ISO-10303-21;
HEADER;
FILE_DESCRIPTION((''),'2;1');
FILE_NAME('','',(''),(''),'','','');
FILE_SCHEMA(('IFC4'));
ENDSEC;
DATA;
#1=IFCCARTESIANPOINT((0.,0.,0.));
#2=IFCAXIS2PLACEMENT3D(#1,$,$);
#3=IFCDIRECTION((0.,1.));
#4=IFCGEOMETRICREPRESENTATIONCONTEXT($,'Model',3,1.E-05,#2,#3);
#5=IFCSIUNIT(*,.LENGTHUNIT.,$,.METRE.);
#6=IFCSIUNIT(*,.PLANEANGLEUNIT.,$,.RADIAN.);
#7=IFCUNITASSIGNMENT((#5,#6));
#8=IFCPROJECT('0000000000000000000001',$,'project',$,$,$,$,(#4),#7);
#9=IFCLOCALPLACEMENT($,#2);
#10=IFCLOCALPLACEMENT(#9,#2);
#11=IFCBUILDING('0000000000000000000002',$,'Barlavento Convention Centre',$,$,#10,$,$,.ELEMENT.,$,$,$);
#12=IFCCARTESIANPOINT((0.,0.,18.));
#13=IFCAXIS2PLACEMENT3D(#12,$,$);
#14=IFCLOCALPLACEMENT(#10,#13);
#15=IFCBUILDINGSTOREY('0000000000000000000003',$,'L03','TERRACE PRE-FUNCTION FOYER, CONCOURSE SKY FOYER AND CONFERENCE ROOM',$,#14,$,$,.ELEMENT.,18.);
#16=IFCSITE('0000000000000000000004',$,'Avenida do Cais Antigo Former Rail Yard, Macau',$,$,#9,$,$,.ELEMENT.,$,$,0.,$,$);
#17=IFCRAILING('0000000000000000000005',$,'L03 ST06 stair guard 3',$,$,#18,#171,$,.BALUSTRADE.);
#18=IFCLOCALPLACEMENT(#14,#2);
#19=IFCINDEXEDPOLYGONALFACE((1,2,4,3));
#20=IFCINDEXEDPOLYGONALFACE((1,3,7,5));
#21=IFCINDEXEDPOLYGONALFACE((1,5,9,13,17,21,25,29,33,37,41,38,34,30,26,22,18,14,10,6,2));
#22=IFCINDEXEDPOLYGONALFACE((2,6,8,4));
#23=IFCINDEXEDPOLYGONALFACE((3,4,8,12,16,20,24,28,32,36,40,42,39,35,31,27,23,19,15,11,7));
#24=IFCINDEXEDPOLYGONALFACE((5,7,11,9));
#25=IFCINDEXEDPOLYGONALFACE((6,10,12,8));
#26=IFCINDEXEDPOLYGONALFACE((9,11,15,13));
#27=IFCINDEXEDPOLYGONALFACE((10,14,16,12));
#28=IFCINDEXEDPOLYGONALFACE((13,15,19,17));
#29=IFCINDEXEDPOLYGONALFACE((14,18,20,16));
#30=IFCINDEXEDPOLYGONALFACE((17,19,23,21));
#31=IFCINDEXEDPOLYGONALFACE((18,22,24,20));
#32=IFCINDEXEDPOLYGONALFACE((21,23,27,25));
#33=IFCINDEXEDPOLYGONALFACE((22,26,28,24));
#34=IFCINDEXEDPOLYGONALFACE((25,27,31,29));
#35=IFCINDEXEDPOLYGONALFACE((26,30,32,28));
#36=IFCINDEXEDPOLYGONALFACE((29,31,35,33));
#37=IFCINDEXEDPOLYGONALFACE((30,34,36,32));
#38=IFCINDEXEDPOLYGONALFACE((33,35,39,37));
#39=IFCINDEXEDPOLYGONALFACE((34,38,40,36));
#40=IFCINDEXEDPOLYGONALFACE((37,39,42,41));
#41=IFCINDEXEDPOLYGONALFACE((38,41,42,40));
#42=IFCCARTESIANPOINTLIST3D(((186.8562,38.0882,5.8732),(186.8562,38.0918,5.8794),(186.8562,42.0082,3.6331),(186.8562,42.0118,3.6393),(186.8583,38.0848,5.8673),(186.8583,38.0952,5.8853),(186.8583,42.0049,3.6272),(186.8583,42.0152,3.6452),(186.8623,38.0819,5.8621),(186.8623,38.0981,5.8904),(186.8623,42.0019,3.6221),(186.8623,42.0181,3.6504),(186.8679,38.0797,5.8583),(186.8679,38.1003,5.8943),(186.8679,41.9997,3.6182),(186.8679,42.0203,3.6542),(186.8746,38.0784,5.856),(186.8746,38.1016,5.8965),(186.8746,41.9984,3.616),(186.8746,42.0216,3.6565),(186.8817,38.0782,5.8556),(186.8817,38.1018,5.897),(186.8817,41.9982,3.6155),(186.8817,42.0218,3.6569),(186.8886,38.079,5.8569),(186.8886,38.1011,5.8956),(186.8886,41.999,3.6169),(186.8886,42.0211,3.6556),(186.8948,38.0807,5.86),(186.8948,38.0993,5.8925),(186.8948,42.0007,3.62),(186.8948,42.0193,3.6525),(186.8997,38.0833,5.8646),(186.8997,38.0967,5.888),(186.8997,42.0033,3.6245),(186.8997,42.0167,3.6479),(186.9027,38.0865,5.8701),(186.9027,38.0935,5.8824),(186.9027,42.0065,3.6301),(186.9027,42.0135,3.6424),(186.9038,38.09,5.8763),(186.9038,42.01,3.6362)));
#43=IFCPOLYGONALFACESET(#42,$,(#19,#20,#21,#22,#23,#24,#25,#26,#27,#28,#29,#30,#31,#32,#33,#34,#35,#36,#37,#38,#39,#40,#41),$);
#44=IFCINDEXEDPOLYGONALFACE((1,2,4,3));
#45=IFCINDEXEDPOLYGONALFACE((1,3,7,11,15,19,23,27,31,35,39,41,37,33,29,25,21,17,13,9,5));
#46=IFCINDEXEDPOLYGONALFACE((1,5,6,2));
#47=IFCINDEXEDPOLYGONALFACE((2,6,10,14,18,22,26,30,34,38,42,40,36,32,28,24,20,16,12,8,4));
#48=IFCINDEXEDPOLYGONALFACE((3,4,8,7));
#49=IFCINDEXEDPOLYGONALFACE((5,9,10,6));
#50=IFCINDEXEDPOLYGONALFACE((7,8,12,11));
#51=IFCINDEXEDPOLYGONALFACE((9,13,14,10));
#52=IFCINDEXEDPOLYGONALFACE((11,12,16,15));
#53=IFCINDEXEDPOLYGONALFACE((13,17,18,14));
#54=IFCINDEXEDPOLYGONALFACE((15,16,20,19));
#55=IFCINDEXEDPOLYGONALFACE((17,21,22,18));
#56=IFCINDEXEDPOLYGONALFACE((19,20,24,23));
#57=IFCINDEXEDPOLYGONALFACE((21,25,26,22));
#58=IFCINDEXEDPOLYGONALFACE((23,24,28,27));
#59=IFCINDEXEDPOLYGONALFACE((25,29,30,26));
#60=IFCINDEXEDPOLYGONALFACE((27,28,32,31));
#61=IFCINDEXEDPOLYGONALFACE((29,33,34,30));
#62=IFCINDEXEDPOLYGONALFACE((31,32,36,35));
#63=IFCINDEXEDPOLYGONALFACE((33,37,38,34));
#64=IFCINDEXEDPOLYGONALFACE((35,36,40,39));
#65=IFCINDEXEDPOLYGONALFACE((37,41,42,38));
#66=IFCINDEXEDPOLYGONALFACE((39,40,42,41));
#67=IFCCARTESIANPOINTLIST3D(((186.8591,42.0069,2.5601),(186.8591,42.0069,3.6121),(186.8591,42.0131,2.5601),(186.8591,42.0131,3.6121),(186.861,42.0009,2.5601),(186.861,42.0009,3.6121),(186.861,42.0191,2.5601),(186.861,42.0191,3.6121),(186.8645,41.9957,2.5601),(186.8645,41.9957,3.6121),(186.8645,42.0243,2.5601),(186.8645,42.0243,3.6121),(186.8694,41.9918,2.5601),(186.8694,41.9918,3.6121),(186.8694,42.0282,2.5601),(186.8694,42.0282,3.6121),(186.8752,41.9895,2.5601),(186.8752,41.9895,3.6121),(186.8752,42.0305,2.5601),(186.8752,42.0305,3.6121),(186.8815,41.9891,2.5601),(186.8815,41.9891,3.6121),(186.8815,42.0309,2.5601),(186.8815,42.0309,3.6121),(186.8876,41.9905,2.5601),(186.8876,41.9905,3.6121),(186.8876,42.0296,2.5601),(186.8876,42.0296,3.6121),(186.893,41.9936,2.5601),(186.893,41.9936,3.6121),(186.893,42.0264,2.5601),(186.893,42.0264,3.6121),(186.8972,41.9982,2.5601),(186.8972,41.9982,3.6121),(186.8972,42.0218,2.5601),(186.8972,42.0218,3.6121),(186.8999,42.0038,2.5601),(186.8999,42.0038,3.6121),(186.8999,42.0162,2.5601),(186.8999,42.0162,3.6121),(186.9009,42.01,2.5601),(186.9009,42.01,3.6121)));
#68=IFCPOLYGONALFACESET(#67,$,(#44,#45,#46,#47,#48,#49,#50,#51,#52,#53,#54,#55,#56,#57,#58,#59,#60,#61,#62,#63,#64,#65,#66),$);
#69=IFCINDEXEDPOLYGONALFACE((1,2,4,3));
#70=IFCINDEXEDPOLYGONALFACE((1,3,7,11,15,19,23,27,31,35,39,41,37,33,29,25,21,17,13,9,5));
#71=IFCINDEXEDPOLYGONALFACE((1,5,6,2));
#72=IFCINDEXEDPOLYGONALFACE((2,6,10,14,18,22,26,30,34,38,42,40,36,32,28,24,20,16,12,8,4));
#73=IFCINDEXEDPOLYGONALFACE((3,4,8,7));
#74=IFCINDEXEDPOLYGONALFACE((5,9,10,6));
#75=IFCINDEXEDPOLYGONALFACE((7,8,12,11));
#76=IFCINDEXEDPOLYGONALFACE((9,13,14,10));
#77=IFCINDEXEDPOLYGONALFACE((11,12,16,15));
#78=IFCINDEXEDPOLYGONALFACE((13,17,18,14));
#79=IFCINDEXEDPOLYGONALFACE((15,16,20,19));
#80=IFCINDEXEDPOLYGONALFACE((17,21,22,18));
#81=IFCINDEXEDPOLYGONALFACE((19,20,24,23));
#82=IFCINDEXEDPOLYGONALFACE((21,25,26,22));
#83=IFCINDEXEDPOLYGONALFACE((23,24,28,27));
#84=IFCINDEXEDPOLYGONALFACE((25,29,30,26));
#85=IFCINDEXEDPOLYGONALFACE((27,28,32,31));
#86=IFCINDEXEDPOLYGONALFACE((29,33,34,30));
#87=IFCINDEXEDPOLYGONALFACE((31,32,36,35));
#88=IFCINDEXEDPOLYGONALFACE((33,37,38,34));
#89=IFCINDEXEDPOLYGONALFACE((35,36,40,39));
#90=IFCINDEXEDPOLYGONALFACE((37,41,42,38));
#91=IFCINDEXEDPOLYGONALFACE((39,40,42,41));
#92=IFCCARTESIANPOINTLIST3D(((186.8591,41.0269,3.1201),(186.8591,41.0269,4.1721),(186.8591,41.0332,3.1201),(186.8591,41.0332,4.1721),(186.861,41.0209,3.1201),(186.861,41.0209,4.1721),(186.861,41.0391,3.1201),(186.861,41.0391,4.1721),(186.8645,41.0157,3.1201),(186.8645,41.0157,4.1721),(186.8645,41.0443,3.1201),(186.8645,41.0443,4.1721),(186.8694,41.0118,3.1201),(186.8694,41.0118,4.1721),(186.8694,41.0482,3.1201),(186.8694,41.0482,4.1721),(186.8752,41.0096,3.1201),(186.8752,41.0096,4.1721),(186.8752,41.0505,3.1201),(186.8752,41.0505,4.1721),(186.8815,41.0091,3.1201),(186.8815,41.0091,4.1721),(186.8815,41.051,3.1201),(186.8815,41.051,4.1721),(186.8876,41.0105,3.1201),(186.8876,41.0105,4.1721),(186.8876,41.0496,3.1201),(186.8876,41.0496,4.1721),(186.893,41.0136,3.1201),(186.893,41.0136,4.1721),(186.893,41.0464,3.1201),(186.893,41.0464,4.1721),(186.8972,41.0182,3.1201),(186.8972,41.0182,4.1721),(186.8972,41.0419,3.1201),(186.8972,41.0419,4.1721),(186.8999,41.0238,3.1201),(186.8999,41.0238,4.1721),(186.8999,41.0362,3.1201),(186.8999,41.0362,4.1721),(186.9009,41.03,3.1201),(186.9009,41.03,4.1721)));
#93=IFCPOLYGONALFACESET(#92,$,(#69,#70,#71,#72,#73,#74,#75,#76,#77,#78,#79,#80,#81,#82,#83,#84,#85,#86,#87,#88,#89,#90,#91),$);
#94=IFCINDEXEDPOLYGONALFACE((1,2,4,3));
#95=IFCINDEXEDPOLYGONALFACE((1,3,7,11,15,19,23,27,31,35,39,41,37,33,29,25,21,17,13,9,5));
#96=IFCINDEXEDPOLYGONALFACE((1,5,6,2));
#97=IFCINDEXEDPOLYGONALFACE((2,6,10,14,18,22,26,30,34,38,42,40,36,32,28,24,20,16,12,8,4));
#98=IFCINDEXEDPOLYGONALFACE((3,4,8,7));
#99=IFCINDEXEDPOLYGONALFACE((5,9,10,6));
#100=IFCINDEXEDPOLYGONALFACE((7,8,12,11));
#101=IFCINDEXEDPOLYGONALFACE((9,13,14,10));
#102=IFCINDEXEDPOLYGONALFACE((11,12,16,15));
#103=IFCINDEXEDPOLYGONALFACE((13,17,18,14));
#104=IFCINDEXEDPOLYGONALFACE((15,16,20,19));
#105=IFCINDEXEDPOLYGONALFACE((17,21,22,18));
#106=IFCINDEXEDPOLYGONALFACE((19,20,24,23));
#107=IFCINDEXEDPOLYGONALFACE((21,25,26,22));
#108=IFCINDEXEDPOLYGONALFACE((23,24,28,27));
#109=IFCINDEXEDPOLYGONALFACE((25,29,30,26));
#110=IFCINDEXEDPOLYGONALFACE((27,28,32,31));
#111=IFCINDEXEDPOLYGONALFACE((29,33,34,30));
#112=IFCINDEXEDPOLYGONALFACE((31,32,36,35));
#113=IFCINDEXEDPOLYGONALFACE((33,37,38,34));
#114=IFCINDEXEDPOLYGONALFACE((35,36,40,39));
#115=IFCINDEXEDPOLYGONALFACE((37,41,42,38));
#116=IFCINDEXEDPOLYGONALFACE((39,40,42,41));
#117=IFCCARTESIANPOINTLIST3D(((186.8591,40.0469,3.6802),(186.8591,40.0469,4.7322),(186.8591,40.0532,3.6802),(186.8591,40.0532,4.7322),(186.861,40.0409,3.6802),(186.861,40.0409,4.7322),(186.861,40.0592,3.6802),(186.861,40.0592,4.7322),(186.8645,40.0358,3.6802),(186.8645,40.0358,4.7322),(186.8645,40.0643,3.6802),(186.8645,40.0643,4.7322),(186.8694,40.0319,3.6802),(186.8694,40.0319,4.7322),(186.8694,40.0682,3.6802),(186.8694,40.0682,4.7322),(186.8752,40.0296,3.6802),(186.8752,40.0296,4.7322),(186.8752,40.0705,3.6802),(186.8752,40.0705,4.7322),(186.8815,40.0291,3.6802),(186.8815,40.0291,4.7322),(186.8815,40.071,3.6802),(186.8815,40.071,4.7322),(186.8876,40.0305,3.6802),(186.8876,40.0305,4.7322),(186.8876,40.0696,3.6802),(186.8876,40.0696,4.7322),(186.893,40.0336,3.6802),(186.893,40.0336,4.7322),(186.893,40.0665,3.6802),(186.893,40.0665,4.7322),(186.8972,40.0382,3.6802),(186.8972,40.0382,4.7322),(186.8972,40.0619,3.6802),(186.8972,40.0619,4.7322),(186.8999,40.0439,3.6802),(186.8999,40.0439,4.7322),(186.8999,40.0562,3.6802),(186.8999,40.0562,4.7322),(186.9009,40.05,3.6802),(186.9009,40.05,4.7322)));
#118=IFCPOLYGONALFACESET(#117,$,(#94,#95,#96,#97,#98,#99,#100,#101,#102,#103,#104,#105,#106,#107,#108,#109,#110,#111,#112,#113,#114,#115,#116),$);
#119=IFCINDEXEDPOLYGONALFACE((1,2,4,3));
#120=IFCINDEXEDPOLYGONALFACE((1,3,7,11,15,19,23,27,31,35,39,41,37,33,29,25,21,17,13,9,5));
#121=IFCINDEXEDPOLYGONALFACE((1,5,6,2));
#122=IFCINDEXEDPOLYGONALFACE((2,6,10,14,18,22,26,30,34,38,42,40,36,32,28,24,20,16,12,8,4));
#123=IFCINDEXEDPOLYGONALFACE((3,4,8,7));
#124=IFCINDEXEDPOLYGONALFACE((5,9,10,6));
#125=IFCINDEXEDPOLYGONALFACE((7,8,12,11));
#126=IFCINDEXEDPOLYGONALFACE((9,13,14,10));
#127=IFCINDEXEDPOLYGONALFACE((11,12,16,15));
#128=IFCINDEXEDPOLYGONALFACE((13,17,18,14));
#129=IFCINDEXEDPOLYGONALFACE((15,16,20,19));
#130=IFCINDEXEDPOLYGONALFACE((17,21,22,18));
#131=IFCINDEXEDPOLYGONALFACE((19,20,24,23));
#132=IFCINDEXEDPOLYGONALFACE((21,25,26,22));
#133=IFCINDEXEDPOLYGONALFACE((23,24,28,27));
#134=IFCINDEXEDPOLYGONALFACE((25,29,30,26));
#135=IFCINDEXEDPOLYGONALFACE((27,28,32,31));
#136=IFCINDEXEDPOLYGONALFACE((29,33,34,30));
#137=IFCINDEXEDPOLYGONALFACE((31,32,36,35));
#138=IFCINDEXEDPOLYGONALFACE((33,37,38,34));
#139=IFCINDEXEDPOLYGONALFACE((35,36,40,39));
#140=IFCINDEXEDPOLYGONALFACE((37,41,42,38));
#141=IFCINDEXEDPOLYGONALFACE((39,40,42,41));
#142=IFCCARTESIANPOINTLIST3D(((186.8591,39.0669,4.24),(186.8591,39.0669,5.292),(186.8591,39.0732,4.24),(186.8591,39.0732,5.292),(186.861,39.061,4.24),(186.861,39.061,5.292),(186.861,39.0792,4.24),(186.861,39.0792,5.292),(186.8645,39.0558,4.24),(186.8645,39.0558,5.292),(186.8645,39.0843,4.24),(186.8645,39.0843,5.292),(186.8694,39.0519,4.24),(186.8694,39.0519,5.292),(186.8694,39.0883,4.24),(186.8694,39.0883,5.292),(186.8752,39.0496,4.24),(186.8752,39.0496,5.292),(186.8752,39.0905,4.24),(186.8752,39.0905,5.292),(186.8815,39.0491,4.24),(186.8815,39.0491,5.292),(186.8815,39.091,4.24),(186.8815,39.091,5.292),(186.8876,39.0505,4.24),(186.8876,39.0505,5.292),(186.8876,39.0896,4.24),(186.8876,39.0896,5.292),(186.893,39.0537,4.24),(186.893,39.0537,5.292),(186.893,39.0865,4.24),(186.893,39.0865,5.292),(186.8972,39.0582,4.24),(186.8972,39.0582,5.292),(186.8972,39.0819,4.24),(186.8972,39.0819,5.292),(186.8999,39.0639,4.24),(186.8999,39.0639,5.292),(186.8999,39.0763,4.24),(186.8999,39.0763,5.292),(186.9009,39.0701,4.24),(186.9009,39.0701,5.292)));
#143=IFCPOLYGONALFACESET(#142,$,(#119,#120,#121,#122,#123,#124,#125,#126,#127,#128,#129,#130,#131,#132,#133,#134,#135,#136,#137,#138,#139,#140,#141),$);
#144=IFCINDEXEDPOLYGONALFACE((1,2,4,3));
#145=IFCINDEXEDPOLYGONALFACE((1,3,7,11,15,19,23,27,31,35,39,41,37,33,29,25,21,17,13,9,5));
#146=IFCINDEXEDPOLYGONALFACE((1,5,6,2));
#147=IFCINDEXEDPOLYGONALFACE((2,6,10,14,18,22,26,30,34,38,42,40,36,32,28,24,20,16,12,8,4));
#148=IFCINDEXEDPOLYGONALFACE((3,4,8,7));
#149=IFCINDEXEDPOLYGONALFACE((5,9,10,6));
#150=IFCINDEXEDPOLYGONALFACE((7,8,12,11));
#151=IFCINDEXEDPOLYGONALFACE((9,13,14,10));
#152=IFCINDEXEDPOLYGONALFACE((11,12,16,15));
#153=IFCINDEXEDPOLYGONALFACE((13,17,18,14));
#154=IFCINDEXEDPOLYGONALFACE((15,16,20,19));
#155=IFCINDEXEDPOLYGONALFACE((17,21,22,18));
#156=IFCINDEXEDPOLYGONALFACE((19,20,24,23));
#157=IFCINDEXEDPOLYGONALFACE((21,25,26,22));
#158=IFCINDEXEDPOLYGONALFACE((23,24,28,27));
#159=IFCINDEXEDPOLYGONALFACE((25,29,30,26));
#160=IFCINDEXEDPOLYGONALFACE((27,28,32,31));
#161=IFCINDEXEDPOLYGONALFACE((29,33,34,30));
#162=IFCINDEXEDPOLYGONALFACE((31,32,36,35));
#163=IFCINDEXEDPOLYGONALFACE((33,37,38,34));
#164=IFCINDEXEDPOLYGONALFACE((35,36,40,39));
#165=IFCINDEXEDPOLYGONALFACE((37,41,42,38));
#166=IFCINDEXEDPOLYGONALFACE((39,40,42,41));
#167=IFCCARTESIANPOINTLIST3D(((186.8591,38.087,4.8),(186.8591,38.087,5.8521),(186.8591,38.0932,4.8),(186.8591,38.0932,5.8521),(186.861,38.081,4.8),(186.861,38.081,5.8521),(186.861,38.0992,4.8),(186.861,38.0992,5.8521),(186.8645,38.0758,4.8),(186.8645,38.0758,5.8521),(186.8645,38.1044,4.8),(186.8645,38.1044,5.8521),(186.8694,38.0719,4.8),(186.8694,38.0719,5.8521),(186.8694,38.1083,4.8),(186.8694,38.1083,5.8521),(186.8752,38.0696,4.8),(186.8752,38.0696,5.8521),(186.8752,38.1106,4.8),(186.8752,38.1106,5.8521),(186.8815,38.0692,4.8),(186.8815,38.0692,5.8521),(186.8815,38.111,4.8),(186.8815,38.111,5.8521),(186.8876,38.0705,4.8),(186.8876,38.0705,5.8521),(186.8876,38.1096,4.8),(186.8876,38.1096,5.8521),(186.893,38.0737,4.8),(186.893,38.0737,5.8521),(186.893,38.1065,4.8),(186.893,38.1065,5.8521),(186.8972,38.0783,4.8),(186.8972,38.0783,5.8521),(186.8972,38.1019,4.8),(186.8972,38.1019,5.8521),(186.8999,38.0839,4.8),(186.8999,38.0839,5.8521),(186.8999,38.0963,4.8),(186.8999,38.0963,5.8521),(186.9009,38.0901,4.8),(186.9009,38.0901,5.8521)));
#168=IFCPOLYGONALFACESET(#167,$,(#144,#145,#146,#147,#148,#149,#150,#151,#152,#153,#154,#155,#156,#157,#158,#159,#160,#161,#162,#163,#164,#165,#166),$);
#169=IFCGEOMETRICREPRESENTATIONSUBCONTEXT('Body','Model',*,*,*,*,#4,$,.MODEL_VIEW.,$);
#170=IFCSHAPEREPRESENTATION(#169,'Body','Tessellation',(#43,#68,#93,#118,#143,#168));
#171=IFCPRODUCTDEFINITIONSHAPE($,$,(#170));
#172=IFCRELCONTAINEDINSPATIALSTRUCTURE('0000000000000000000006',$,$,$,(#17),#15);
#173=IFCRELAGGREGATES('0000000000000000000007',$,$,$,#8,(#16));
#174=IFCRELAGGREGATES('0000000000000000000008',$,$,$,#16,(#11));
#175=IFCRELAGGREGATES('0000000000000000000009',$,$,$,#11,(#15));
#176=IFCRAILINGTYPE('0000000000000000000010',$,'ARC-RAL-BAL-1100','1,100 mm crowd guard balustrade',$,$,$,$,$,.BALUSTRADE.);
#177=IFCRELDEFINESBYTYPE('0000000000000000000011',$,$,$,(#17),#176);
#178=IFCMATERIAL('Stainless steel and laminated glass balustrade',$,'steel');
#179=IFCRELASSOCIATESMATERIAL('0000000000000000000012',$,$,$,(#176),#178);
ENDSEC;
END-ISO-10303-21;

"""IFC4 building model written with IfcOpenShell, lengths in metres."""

from ifc_helpers import new_model, si_unit, direction, frame, origin, origin_2d, place, context, subcontext, project, spatial, circle, extrude, material, type_object, element, save


model = new_model("IFC4")

# Units and contexts
model_context = context("Model", 3, precision=1e-05, world=origin(), true_north=direction((0.0, 1.0)))
body_context = subcontext(model_context, "Body", "Model", "MODEL_VIEW")
ifc_project = project(units=[si_unit("LENGTHUNIT", "METRE"), si_unit("PLANEANGLEUNIT", "RADIAN")], contexts=[model_context])

# Site, building, storey
site_placement = place(None, origin())
site = spatial("IfcSite", under=ifc_project, at=site_placement, Name="Avenida do Cais Antigo Former Rail Yard, Macau", CompositionType="ELEMENT", RefElevation=0.0)
building_placement = place(site_placement, origin())
building = spatial("IfcBuilding", under=site, at=building_placement, Name="Barlavento Convention Centre", CompositionType="ELEMENT")
storey_placement = place(building_placement, frame((0.0, 0.0, 18.0)))
storey = spatial("IfcBuildingStorey", under=building, at=storey_placement, Name="L03", Description="TERRACE PRE-FUNCTION FOYER, CONCOURSE SKY FOYER AND CONFERENCE ROOM", CompositionType="ELEMENT", Elevation=18.0)

# Railing
ifc_material_1 = material(Name="Stainless steel and laminated glass balustrade", Category="steel")
railing_type_1 = type_object("IfcRailingType", Name="ARC-RAL-BAL-1100", Description="1,100 mm crowd guard balustrade", PredefinedType="BALUSTRADE", material=ifc_material_1)
railing_1_placement = place(storey_placement, frame((186.8799, 42.01, 2.5601)))
element("IfcRailing", 1, at=railing_1_placement, inside=storey, type_object=railing_type_1, Name="L03 ST06 stair guard 3", PredefinedType="BALUSTRADE", context=body_context, shape_type="SweptSolid", body=[
    extrude(circle(Radius=0.0239, at=origin_2d()), frame((0.0, 0.0, 1.0762), z_axis=(0.0, -0.86824, 0.496145), x_axis=(1.0, 0.0, 0.0)), (0.0, 0.0, 1.0), 4.5149),
    extrude(circle(Radius=0.021, at=origin_2d()), origin(), (0.0, 0.0, 1.0), 1.052),
    extrude(circle(Radius=0.021, at=origin_2d()), frame((0.0, -0.98, 0.5601)), (0.0, 0.0, 1.0), 1.052),
    extrude(circle(Radius=0.021, at=origin_2d()), frame((0.0, -1.96, 1.1201)), (0.0, 0.0, 1.0), 1.052),
    extrude(circle(Radius=0.021, at=origin_2d()), frame((0.0, -2.9399, 1.6799)), (0.0, 0.0, 1.0), 1.052),
    extrude(circle(Radius=0.021, at=origin_2d()), frame((0.0, -3.9199, 2.24)), (0.0, 0.0, 1.0), 1.052),
])

save(model, "model.ifc")
